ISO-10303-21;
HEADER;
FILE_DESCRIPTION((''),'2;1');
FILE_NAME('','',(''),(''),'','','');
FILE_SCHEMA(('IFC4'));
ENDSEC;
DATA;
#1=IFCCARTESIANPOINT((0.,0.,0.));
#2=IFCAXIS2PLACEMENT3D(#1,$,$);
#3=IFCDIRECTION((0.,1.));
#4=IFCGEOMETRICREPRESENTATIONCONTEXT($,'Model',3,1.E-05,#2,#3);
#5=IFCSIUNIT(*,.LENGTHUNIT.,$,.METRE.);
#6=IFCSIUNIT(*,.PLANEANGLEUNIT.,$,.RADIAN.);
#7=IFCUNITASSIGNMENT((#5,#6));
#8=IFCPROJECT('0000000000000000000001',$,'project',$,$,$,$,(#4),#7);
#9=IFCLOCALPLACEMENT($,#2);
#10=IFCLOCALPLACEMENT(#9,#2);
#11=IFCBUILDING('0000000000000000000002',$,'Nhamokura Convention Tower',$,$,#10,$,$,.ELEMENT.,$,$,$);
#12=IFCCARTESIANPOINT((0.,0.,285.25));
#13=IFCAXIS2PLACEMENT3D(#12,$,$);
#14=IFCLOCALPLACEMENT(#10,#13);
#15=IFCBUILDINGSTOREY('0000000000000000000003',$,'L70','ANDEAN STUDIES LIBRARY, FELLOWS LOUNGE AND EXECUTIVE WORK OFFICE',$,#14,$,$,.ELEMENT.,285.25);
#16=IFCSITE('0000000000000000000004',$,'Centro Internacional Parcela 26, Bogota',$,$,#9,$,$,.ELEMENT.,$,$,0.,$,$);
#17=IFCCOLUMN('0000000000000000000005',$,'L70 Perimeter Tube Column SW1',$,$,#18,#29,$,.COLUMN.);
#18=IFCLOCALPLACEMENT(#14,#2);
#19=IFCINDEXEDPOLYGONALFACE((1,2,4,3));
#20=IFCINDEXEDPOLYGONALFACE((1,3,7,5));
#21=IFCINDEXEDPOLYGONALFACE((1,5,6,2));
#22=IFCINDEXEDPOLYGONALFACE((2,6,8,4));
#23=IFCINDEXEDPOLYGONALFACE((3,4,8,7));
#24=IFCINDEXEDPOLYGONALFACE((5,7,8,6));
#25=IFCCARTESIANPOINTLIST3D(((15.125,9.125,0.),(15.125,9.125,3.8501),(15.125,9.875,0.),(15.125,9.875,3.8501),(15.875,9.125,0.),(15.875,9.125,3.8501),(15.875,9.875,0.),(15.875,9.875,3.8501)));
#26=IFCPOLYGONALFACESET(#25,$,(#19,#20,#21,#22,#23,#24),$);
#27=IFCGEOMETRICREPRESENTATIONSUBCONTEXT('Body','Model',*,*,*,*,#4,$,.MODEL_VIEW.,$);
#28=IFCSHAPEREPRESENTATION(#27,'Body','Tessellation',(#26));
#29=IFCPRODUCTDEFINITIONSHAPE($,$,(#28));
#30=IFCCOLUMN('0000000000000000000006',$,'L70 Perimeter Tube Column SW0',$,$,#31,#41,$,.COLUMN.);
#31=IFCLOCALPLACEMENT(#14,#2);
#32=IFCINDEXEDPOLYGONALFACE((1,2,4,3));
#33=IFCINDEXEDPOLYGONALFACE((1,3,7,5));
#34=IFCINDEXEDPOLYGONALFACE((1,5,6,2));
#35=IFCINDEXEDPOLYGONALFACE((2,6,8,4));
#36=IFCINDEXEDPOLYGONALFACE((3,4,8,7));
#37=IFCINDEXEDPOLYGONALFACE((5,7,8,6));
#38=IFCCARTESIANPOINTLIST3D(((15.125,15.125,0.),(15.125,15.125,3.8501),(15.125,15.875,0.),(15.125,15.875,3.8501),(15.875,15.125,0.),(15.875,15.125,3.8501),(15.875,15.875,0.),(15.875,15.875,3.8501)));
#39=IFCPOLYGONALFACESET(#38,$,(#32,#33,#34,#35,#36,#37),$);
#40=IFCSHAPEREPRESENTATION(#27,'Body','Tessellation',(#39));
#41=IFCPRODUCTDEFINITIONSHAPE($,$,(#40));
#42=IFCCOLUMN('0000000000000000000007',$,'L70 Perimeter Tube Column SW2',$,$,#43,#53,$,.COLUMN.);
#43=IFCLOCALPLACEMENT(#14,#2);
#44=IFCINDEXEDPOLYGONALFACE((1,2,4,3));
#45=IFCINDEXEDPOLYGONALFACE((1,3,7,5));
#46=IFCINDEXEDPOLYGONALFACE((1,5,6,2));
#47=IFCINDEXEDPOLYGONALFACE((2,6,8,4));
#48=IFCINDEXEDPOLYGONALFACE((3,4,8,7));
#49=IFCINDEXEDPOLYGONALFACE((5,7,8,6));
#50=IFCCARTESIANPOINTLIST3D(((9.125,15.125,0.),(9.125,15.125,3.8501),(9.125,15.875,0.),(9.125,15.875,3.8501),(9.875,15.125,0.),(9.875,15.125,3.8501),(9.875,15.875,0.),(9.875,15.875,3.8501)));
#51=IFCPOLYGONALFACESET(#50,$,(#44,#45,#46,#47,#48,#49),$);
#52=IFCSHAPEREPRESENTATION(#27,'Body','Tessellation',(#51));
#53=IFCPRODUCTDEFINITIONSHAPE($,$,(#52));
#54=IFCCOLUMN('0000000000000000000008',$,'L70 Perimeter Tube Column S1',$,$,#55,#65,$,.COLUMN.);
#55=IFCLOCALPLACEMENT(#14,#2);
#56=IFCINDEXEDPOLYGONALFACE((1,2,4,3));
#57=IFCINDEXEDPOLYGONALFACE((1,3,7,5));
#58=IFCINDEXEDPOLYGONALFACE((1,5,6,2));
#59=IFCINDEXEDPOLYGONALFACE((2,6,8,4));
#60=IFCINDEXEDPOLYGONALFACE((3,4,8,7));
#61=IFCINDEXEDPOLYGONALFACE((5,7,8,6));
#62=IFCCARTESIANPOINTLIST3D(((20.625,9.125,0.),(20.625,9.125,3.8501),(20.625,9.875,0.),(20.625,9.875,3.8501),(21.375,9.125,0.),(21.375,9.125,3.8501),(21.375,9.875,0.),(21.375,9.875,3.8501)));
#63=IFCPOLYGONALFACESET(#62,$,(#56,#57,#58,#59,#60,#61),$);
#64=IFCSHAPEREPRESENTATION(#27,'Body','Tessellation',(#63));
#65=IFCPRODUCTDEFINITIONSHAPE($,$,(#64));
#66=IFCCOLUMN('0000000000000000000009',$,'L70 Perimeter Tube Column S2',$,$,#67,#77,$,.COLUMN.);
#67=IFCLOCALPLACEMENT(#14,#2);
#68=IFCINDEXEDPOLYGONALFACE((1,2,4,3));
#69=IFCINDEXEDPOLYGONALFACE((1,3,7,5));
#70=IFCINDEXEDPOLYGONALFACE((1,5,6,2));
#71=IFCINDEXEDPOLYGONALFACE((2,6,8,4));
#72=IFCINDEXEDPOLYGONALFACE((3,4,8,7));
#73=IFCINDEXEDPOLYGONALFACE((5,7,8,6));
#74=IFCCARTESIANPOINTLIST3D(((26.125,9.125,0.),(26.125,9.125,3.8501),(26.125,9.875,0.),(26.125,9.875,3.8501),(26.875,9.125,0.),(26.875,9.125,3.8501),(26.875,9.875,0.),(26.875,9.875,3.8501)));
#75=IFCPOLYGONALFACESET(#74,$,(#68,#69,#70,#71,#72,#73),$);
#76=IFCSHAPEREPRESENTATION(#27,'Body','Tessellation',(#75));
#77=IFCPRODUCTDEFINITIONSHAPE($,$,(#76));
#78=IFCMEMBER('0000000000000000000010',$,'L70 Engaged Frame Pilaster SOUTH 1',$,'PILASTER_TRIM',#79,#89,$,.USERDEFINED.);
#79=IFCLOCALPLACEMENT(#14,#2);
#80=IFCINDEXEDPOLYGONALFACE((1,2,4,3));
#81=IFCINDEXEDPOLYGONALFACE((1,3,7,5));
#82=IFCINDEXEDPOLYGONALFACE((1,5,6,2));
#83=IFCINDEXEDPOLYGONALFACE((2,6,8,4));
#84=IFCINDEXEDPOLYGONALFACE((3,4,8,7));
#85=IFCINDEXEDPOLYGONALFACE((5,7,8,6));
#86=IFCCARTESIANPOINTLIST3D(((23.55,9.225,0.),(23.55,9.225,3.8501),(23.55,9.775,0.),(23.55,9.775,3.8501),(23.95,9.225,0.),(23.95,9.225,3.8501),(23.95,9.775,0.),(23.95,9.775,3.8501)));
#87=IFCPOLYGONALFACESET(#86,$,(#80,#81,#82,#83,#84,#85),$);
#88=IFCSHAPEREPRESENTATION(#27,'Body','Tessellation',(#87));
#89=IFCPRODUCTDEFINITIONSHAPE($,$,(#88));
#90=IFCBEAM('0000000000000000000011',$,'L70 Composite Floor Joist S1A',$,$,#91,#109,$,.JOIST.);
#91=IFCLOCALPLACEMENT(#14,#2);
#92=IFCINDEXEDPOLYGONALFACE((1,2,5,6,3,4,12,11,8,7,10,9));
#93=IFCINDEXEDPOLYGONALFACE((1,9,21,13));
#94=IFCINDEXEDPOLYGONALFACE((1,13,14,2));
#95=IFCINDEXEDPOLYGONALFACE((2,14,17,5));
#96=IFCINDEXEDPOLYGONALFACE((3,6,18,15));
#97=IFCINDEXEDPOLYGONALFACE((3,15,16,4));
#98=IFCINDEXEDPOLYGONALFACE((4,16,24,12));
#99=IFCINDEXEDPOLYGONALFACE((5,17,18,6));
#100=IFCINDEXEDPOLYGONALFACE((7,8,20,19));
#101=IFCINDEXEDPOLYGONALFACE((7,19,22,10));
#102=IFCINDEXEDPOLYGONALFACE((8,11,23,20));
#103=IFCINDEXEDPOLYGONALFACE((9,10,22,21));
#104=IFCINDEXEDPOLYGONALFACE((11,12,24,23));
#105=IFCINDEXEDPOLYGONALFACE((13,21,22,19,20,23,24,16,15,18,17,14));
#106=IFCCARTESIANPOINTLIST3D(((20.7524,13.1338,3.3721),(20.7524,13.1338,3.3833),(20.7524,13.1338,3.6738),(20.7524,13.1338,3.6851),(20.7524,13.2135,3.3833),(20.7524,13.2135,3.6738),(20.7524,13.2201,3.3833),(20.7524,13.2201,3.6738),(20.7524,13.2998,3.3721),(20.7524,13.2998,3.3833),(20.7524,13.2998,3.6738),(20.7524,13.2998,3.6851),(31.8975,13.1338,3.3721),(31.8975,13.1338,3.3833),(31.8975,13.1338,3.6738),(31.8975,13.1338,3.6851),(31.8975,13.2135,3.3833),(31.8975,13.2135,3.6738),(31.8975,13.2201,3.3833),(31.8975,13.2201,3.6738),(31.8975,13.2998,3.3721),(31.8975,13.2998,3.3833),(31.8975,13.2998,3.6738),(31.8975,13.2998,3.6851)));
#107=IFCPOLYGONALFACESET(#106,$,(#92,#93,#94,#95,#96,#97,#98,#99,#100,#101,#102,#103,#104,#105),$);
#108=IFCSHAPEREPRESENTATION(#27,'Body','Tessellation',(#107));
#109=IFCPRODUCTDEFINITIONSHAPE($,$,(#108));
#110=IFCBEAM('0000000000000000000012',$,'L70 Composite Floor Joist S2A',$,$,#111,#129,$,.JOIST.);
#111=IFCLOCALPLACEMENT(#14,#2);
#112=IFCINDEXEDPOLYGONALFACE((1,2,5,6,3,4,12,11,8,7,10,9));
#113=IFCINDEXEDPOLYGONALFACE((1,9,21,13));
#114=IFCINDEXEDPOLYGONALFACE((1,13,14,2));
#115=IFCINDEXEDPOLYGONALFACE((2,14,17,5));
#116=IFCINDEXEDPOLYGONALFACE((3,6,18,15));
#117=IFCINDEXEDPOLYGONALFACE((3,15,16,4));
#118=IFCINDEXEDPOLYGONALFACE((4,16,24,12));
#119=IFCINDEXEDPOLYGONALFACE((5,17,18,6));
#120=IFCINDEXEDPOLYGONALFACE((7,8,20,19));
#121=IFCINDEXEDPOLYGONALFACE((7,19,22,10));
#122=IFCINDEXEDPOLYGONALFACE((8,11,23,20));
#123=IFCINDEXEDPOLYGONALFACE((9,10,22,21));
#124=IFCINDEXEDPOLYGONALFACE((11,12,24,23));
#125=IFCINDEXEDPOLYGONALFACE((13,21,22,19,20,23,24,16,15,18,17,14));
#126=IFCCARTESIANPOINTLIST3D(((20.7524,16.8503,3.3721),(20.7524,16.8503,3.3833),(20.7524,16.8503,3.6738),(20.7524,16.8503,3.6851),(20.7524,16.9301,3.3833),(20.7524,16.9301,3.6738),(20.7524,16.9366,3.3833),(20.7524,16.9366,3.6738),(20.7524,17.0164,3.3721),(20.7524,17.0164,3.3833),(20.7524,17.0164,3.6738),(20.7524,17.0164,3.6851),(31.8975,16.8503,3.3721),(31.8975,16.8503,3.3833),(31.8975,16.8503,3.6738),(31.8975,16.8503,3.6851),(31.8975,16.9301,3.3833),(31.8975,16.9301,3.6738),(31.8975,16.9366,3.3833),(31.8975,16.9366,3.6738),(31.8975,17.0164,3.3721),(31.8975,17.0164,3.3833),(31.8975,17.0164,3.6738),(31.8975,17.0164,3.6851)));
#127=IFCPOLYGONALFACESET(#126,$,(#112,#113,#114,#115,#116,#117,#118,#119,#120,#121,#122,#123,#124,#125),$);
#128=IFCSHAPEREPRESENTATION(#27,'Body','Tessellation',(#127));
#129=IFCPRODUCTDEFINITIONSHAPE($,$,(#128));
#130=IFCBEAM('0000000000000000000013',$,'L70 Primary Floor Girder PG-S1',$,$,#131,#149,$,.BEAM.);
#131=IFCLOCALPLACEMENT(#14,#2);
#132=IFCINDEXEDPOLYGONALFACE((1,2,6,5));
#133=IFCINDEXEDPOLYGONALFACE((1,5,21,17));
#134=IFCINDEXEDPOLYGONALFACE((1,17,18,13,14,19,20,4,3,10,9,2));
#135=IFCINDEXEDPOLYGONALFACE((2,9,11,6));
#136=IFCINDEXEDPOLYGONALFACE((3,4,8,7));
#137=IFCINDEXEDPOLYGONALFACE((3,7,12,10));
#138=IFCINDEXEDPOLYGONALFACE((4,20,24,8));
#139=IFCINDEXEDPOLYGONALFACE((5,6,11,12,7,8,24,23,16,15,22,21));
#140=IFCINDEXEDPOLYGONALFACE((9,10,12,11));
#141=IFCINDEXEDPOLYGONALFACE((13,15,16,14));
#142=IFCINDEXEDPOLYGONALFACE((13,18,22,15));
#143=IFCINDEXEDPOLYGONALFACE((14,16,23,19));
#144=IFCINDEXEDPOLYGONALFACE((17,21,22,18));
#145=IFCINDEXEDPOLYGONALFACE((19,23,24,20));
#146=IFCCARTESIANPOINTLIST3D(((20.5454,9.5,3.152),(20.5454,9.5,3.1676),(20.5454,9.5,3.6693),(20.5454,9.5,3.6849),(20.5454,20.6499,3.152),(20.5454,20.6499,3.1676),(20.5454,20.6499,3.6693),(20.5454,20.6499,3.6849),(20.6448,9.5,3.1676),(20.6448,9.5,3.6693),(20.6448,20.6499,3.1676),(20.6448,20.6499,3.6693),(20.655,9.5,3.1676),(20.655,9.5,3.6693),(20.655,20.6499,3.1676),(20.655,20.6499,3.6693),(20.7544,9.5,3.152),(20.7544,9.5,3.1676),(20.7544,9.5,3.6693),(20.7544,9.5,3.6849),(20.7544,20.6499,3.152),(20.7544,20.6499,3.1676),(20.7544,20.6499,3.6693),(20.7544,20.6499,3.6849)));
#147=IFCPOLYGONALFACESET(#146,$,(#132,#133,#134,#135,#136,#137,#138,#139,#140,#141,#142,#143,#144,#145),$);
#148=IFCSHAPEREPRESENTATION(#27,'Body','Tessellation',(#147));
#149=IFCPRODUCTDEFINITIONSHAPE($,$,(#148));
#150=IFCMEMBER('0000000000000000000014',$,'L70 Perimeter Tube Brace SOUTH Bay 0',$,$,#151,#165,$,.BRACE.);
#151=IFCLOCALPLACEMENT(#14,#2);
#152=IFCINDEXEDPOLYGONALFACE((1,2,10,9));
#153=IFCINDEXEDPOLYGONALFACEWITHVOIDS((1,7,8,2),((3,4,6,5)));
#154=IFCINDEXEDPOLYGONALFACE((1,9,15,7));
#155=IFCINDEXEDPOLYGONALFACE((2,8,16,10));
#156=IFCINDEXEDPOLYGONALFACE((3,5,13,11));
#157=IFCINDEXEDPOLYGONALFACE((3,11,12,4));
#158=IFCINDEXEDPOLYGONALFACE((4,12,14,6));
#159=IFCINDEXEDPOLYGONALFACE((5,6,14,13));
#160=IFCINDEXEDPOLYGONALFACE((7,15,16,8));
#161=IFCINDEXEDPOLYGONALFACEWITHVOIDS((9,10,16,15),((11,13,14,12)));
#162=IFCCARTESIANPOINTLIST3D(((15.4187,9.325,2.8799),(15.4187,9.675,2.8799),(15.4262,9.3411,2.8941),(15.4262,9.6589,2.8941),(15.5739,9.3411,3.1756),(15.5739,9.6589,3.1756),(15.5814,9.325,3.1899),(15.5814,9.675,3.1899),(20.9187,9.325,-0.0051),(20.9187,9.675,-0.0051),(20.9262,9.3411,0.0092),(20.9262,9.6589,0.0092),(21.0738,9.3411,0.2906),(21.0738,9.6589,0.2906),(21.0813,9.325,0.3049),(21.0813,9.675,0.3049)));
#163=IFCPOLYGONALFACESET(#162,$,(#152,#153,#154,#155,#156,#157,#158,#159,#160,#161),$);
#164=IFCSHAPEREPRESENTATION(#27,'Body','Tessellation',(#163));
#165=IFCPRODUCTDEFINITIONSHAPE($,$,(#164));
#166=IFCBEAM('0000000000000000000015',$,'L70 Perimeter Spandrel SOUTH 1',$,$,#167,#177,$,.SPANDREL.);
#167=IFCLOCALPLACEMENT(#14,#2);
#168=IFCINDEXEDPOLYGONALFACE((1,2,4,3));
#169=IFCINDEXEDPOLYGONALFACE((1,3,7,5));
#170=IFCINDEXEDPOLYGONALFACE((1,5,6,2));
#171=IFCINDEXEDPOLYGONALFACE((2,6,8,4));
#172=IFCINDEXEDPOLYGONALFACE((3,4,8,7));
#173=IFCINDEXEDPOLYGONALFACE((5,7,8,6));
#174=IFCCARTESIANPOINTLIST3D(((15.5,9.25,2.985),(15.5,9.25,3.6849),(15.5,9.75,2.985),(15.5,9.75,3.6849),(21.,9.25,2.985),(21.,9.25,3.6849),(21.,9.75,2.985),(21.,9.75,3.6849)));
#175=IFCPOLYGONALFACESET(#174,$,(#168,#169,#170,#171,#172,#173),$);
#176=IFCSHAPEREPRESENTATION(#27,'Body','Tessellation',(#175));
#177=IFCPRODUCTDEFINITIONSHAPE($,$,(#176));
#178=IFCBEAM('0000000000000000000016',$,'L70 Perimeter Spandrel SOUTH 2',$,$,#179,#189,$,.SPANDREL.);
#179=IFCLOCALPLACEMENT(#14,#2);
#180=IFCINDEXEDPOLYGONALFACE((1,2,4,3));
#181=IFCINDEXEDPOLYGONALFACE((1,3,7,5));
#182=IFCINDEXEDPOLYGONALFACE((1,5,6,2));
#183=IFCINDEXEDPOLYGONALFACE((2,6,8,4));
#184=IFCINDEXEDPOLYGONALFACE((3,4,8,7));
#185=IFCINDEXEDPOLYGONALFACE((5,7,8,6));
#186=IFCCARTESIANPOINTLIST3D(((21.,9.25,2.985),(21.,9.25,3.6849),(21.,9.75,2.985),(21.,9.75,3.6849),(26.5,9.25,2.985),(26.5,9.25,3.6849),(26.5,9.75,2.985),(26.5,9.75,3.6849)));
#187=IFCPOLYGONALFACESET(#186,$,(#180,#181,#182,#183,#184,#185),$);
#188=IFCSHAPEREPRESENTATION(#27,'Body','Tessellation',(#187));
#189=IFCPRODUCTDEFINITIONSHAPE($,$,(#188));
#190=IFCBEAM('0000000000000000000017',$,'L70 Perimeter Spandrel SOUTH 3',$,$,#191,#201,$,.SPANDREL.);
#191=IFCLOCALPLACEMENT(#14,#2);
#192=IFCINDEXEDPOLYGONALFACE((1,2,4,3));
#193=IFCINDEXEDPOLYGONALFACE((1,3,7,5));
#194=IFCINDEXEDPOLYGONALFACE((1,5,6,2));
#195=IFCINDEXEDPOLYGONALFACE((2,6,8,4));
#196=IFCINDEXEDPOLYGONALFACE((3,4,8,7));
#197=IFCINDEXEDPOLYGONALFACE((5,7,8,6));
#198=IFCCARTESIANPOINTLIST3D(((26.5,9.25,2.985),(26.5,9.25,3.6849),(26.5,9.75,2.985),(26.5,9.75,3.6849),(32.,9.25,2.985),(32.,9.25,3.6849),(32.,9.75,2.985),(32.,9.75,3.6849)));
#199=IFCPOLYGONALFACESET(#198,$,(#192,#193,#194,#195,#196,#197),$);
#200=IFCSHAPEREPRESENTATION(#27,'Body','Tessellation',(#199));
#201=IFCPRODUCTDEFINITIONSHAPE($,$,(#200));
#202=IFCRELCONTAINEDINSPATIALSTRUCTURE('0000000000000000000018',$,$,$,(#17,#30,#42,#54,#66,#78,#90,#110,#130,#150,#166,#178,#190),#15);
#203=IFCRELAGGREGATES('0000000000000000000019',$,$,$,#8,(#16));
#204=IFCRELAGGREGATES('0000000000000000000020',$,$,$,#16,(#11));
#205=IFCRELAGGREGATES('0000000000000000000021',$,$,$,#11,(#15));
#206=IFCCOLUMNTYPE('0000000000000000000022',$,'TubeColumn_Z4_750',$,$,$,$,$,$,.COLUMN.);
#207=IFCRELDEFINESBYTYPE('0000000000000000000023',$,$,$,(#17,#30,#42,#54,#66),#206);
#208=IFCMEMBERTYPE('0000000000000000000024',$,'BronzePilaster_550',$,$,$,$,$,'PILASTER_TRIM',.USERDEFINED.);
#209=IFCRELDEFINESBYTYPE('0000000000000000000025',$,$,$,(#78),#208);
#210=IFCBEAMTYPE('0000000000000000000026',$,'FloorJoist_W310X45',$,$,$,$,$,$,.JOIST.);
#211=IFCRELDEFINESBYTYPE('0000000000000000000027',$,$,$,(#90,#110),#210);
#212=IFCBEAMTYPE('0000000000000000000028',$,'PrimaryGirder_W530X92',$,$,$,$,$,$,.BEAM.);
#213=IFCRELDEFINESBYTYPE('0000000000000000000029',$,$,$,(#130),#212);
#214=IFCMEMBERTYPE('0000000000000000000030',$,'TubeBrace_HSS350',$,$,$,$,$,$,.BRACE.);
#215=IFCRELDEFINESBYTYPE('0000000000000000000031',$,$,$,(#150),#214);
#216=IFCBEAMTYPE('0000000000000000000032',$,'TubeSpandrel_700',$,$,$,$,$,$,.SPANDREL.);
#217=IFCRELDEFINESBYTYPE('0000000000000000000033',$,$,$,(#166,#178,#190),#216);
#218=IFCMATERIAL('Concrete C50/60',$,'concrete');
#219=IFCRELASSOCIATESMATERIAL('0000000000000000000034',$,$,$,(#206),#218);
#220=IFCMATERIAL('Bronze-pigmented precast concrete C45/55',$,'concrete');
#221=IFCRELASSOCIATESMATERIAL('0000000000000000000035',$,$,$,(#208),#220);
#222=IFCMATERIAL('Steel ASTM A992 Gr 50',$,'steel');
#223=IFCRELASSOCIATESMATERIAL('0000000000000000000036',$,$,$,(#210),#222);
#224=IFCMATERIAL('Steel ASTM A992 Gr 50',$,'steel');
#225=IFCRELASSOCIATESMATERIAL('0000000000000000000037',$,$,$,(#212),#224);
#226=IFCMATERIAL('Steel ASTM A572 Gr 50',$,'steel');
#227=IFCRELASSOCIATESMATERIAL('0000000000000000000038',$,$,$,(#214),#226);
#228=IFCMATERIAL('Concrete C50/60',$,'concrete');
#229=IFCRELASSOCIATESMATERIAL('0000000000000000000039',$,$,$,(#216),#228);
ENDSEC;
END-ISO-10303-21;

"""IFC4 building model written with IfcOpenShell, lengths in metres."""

from ifc_helpers import new_model, si_unit, direction, frame, origin, origin_2d, place, context, subcontext, project, spatial, rectangle, hollow_rectangle, i_section, extrude, material, material_profile, profile_set, type_object, element, save


model = new_model("IFC4")

# Units and contexts
model_context = context("Model", 3, precision=1e-05, world=origin(), true_north=direction((0.0, 1.0)))
body_context = subcontext(model_context, "Body", "Model", "MODEL_VIEW")
ifc_project = project(units=[si_unit("LENGTHUNIT", "METRE"), si_unit("PLANEANGLEUNIT", "RADIAN")], contexts=[model_context])

# Site, building, storey
site_placement = place(None, origin())
site = spatial("IfcSite", under=ifc_project, at=site_placement, Name="Centro Internacional Parcela 26, Bogota", CompositionType="ELEMENT", RefElevation=0.0)
building_placement = place(site_placement, origin())
building = spatial("IfcBuilding", under=site, at=building_placement, Name="Nhamokura Convention Tower", CompositionType="ELEMENT")
storey_placement = place(building_placement, frame((0.0, 0.0, 285.25)))
storey = spatial("IfcBuildingStorey", under=building, at=storey_placement, Name="L70", Description="ANDEAN STUDIES LIBRARY, FELLOWS LOUNGE AND EXECUTIVE WORK OFFICE", CompositionType="ELEMENT", Elevation=285.25)

# Columns
ifc_material_1 = material(Name="Concrete C50/60", Category="concrete")
ifc_material_profile_1 = material_profile(ifc_material_1, rectangle(XDim=0.75, YDim=0.75, at=origin_2d()))
ifc_profile_set_1 = profile_set([ifc_material_profile_1], Name="Concrete C50/60")
column_type = type_object("IfcColumnType", Name="TubeColumn_Z4_750", PredefinedType="COLUMN", material=ifc_profile_set_1)
for number, where, z_axis, x_axis, name in (
    (1, (15.5, 9.5, 0.0), (0.0, 0.0, 1.0), (1.0, 0.0, 0.0), "L70 Perimeter Tube Column SW1"),
    (2, (15.5, 15.5, 0.0), (0.0, 0.0, 1.0), (1.0, 0.0, 0.0), "L70 Perimeter Tube Column SW0"),
    (3, (9.5, 15.5, 0.0), (0.0, 0.0, 1.0), (1.0, 0.0, 0.0), "L70 Perimeter Tube Column SW2"),
    (4, (21.0, 9.5, 0.0), (0.0, 0.0, 1.0), (1.0, 0.0, 0.0), "L70 Perimeter Tube Column S1"),
    (5, (26.5, 9.5, 0.0), (0.0, 0.0, 1.0), (1.0, 0.0, 0.0), "L70 Perimeter Tube Column S2"),
):
    element("IfcColumn", number, at=place(storey_placement, frame(where, z_axis=z_axis, x_axis=x_axis)), inside=storey, type_object=column_type, Name=name, PredefinedType="COLUMN", context=body_context, shape_type="SweptSolid", body=[
        extrude(rectangle(XDim=0.75, YDim=0.75, at=origin_2d()), origin(), (0.0, 0.0, 1.0), 3.8501),
    ])

# Member
ifc_material_2 = material(Name="Bronze-pigmented precast concrete C45/55", Category="concrete")
ifc_material_profile_2 = material_profile(ifc_material_2, rectangle(XDim=0.3999, YDim=0.55, at=origin_2d()))
ifc_profile_set_2 = profile_set([ifc_material_profile_2], Name="Bronze-pigmented precast concrete C45/55")
member_type_1 = type_object("IfcMemberType", Name="BronzePilaster_550", ElementType="PILASTER_TRIM", PredefinedType="USERDEFINED", material=ifc_profile_set_2)
member_1_placement = place(storey_placement, frame((23.75, 9.5, 0.0), z_axis=(0.0, 0.0, 1.0), x_axis=(1.0, 0.0, 0.0)))
element("IfcMember", 6, at=member_1_placement, inside=storey, type_object=member_type_1, Name="L70 Engaged Frame Pilaster SOUTH 1", ObjectType="PILASTER_TRIM", PredefinedType="USERDEFINED", context=body_context, shape_type="SweptSolid", body=[
    extrude(rectangle(XDim=0.3999, YDim=0.55, at=origin_2d()), origin(), (0.0, 0.0, 1.0), 3.8501),
])

# Beams
ifc_material_3 = material(Name="Steel ASTM A992 Gr 50", Category="steel")
ifc_material_profile_3 = material_profile(ifc_material_3, i_section(OverallWidth=0.166, OverallDepth=0.313, WebThickness=0.0066, FlangeThickness=0.0112, at=origin_2d()))
ifc_profile_set_3 = profile_set([ifc_material_profile_3], Name="Steel ASTM A992 Gr 50")
beam_type_1 = type_object("IfcBeamType", Name="FloorJoist_W310X45", PredefinedType="JOIST", material=ifc_profile_set_3)
for number, where, z_axis, x_axis, name in (
    (7, (20.7524, 13.2168, 3.5286), (1.0, 0.0, 0.0), (0.0, 1.0, 0.0), "L70 Composite Floor Joist S1A"),
    (8, (20.7524, 16.9333, 3.5286), (1.0, 0.0, 0.0), (0.0, 1.0, 0.0), "L70 Composite Floor Joist S2A"),
):
    element("IfcBeam", number, at=place(storey_placement, frame(where, z_axis=z_axis, x_axis=x_axis)), inside=storey, type_object=beam_type_1, Name=name, PredefinedType="JOIST", context=body_context, shape_type="SweptSolid", body=[
        extrude(i_section(OverallWidth=0.166, OverallDepth=0.313, WebThickness=0.0066, FlangeThickness=0.0112, at=origin_2d()), origin(), (0.0, 0.0, 1.0), 11.145),
    ])
ifc_material_4 = material(Name="Steel ASTM A992 Gr 50", Category="steel")
ifc_material_profile_4 = material_profile(ifc_material_4, i_section(OverallWidth=0.209, OverallDepth=0.533, WebThickness=0.0103, FlangeThickness=0.0156, at=origin_2d()))
ifc_profile_set_4 = profile_set([ifc_material_profile_4], Name="Steel ASTM A992 Gr 50")
beam_type_2 = type_object("IfcBeamType", Name="PrimaryGirder_W530X92", PredefinedType="BEAM", material=ifc_profile_set_4)
beam_placement = place(storey_placement, frame((20.6499, 9.5, 3.4185), z_axis=(0.0, 1.0, 0.0), x_axis=(-1.0, 0.0, 0.0)))
element("IfcBeam", 9, at=beam_placement, inside=storey, type_object=beam_type_2, Name="L70 Primary Floor Girder PG-S1", PredefinedType="BEAM", context=body_context, shape_type="SweptSolid", body=[
    extrude(i_section(OverallWidth=0.209, OverallDepth=0.533, WebThickness=0.0103, FlangeThickness=0.0156, at=origin_2d()), origin(), (0.0, 0.0, 1.0), 11.1499),
])

# Member
ifc_material_5 = material(Name="Steel ASTM A572 Gr 50", Category="steel")
ifc_material_profile_5 = material_profile(ifc_material_5, hollow_rectangle(XDim=0.3501, YDim=0.3501, WallThickness=0.0161, at=origin_2d()))
ifc_profile_set_5 = profile_set([ifc_material_profile_5], Name="Steel ASTM A572 Gr 50")
member_type_2 = type_object("IfcMemberType", Name="TubeBrace_HSS350", PredefinedType="BRACE", material=ifc_profile_set_5)
member_2_placement = place(storey_placement, frame((21.0, 9.5, 0.1499), z_axis=(-0.885563, 0.0, 0.46452), x_axis=(0.0, -1.0, 0.0)))
element("IfcMember", 10, at=member_2_placement, inside=storey, type_object=member_type_2, Name="L70 Perimeter Tube Brace SOUTH Bay 0", PredefinedType="BRACE", context=body_context, shape_type="SweptSolid", body=[
    extrude(hollow_rectangle(XDim=0.3501, YDim=0.3501, WallThickness=0.0161, at=origin_2d()), origin(), (0.0, 0.0, 1.0), 6.2107),
])

# Beams
ifc_material_6 = material(Name="Concrete C50/60", Category="concrete")
ifc_material_profile_6 = material_profile(ifc_material_6, rectangle(XDim=0.5, YDim=0.7, at=origin_2d()))
ifc_profile_set_6 = profile_set([ifc_material_profile_6], Name="Concrete C50/60")
beam_type_3 = type_object("IfcBeamType", Name="TubeSpandrel_700", PredefinedType="SPANDREL", material=ifc_profile_set_6)
for number, where, z_axis, x_axis, name in (
    (11, (15.5, 9.5, 3.335), (1.0, 0.0, 0.0), (0.0, 1.0, 0.0), "L70 Perimeter Spandrel SOUTH 1"),
    (12, (21.0, 9.5, 3.335), (1.0, 0.0, 0.0), (0.0, 1.0, 0.0), "L70 Perimeter Spandrel SOUTH 2"),
    (13, (26.5, 9.5, 3.335), (1.0, 0.0, 0.0), (0.0, 1.0, 0.0), "L70 Perimeter Spandrel SOUTH 3"),
):
    element("IfcBeam", number, at=place(storey_placement, frame(where, z_axis=z_axis, x_axis=x_axis)), inside=storey, type_object=beam_type_3, Name=name, PredefinedType="SPANDREL", context=body_context, shape_type="SweptSolid", body=[
        extrude(rectangle(XDim=0.5, YDim=0.7, at=origin_2d()), origin(), (0.0, 0.0, 1.0), 5.5),
    ])

save(model, "model.ifc")
